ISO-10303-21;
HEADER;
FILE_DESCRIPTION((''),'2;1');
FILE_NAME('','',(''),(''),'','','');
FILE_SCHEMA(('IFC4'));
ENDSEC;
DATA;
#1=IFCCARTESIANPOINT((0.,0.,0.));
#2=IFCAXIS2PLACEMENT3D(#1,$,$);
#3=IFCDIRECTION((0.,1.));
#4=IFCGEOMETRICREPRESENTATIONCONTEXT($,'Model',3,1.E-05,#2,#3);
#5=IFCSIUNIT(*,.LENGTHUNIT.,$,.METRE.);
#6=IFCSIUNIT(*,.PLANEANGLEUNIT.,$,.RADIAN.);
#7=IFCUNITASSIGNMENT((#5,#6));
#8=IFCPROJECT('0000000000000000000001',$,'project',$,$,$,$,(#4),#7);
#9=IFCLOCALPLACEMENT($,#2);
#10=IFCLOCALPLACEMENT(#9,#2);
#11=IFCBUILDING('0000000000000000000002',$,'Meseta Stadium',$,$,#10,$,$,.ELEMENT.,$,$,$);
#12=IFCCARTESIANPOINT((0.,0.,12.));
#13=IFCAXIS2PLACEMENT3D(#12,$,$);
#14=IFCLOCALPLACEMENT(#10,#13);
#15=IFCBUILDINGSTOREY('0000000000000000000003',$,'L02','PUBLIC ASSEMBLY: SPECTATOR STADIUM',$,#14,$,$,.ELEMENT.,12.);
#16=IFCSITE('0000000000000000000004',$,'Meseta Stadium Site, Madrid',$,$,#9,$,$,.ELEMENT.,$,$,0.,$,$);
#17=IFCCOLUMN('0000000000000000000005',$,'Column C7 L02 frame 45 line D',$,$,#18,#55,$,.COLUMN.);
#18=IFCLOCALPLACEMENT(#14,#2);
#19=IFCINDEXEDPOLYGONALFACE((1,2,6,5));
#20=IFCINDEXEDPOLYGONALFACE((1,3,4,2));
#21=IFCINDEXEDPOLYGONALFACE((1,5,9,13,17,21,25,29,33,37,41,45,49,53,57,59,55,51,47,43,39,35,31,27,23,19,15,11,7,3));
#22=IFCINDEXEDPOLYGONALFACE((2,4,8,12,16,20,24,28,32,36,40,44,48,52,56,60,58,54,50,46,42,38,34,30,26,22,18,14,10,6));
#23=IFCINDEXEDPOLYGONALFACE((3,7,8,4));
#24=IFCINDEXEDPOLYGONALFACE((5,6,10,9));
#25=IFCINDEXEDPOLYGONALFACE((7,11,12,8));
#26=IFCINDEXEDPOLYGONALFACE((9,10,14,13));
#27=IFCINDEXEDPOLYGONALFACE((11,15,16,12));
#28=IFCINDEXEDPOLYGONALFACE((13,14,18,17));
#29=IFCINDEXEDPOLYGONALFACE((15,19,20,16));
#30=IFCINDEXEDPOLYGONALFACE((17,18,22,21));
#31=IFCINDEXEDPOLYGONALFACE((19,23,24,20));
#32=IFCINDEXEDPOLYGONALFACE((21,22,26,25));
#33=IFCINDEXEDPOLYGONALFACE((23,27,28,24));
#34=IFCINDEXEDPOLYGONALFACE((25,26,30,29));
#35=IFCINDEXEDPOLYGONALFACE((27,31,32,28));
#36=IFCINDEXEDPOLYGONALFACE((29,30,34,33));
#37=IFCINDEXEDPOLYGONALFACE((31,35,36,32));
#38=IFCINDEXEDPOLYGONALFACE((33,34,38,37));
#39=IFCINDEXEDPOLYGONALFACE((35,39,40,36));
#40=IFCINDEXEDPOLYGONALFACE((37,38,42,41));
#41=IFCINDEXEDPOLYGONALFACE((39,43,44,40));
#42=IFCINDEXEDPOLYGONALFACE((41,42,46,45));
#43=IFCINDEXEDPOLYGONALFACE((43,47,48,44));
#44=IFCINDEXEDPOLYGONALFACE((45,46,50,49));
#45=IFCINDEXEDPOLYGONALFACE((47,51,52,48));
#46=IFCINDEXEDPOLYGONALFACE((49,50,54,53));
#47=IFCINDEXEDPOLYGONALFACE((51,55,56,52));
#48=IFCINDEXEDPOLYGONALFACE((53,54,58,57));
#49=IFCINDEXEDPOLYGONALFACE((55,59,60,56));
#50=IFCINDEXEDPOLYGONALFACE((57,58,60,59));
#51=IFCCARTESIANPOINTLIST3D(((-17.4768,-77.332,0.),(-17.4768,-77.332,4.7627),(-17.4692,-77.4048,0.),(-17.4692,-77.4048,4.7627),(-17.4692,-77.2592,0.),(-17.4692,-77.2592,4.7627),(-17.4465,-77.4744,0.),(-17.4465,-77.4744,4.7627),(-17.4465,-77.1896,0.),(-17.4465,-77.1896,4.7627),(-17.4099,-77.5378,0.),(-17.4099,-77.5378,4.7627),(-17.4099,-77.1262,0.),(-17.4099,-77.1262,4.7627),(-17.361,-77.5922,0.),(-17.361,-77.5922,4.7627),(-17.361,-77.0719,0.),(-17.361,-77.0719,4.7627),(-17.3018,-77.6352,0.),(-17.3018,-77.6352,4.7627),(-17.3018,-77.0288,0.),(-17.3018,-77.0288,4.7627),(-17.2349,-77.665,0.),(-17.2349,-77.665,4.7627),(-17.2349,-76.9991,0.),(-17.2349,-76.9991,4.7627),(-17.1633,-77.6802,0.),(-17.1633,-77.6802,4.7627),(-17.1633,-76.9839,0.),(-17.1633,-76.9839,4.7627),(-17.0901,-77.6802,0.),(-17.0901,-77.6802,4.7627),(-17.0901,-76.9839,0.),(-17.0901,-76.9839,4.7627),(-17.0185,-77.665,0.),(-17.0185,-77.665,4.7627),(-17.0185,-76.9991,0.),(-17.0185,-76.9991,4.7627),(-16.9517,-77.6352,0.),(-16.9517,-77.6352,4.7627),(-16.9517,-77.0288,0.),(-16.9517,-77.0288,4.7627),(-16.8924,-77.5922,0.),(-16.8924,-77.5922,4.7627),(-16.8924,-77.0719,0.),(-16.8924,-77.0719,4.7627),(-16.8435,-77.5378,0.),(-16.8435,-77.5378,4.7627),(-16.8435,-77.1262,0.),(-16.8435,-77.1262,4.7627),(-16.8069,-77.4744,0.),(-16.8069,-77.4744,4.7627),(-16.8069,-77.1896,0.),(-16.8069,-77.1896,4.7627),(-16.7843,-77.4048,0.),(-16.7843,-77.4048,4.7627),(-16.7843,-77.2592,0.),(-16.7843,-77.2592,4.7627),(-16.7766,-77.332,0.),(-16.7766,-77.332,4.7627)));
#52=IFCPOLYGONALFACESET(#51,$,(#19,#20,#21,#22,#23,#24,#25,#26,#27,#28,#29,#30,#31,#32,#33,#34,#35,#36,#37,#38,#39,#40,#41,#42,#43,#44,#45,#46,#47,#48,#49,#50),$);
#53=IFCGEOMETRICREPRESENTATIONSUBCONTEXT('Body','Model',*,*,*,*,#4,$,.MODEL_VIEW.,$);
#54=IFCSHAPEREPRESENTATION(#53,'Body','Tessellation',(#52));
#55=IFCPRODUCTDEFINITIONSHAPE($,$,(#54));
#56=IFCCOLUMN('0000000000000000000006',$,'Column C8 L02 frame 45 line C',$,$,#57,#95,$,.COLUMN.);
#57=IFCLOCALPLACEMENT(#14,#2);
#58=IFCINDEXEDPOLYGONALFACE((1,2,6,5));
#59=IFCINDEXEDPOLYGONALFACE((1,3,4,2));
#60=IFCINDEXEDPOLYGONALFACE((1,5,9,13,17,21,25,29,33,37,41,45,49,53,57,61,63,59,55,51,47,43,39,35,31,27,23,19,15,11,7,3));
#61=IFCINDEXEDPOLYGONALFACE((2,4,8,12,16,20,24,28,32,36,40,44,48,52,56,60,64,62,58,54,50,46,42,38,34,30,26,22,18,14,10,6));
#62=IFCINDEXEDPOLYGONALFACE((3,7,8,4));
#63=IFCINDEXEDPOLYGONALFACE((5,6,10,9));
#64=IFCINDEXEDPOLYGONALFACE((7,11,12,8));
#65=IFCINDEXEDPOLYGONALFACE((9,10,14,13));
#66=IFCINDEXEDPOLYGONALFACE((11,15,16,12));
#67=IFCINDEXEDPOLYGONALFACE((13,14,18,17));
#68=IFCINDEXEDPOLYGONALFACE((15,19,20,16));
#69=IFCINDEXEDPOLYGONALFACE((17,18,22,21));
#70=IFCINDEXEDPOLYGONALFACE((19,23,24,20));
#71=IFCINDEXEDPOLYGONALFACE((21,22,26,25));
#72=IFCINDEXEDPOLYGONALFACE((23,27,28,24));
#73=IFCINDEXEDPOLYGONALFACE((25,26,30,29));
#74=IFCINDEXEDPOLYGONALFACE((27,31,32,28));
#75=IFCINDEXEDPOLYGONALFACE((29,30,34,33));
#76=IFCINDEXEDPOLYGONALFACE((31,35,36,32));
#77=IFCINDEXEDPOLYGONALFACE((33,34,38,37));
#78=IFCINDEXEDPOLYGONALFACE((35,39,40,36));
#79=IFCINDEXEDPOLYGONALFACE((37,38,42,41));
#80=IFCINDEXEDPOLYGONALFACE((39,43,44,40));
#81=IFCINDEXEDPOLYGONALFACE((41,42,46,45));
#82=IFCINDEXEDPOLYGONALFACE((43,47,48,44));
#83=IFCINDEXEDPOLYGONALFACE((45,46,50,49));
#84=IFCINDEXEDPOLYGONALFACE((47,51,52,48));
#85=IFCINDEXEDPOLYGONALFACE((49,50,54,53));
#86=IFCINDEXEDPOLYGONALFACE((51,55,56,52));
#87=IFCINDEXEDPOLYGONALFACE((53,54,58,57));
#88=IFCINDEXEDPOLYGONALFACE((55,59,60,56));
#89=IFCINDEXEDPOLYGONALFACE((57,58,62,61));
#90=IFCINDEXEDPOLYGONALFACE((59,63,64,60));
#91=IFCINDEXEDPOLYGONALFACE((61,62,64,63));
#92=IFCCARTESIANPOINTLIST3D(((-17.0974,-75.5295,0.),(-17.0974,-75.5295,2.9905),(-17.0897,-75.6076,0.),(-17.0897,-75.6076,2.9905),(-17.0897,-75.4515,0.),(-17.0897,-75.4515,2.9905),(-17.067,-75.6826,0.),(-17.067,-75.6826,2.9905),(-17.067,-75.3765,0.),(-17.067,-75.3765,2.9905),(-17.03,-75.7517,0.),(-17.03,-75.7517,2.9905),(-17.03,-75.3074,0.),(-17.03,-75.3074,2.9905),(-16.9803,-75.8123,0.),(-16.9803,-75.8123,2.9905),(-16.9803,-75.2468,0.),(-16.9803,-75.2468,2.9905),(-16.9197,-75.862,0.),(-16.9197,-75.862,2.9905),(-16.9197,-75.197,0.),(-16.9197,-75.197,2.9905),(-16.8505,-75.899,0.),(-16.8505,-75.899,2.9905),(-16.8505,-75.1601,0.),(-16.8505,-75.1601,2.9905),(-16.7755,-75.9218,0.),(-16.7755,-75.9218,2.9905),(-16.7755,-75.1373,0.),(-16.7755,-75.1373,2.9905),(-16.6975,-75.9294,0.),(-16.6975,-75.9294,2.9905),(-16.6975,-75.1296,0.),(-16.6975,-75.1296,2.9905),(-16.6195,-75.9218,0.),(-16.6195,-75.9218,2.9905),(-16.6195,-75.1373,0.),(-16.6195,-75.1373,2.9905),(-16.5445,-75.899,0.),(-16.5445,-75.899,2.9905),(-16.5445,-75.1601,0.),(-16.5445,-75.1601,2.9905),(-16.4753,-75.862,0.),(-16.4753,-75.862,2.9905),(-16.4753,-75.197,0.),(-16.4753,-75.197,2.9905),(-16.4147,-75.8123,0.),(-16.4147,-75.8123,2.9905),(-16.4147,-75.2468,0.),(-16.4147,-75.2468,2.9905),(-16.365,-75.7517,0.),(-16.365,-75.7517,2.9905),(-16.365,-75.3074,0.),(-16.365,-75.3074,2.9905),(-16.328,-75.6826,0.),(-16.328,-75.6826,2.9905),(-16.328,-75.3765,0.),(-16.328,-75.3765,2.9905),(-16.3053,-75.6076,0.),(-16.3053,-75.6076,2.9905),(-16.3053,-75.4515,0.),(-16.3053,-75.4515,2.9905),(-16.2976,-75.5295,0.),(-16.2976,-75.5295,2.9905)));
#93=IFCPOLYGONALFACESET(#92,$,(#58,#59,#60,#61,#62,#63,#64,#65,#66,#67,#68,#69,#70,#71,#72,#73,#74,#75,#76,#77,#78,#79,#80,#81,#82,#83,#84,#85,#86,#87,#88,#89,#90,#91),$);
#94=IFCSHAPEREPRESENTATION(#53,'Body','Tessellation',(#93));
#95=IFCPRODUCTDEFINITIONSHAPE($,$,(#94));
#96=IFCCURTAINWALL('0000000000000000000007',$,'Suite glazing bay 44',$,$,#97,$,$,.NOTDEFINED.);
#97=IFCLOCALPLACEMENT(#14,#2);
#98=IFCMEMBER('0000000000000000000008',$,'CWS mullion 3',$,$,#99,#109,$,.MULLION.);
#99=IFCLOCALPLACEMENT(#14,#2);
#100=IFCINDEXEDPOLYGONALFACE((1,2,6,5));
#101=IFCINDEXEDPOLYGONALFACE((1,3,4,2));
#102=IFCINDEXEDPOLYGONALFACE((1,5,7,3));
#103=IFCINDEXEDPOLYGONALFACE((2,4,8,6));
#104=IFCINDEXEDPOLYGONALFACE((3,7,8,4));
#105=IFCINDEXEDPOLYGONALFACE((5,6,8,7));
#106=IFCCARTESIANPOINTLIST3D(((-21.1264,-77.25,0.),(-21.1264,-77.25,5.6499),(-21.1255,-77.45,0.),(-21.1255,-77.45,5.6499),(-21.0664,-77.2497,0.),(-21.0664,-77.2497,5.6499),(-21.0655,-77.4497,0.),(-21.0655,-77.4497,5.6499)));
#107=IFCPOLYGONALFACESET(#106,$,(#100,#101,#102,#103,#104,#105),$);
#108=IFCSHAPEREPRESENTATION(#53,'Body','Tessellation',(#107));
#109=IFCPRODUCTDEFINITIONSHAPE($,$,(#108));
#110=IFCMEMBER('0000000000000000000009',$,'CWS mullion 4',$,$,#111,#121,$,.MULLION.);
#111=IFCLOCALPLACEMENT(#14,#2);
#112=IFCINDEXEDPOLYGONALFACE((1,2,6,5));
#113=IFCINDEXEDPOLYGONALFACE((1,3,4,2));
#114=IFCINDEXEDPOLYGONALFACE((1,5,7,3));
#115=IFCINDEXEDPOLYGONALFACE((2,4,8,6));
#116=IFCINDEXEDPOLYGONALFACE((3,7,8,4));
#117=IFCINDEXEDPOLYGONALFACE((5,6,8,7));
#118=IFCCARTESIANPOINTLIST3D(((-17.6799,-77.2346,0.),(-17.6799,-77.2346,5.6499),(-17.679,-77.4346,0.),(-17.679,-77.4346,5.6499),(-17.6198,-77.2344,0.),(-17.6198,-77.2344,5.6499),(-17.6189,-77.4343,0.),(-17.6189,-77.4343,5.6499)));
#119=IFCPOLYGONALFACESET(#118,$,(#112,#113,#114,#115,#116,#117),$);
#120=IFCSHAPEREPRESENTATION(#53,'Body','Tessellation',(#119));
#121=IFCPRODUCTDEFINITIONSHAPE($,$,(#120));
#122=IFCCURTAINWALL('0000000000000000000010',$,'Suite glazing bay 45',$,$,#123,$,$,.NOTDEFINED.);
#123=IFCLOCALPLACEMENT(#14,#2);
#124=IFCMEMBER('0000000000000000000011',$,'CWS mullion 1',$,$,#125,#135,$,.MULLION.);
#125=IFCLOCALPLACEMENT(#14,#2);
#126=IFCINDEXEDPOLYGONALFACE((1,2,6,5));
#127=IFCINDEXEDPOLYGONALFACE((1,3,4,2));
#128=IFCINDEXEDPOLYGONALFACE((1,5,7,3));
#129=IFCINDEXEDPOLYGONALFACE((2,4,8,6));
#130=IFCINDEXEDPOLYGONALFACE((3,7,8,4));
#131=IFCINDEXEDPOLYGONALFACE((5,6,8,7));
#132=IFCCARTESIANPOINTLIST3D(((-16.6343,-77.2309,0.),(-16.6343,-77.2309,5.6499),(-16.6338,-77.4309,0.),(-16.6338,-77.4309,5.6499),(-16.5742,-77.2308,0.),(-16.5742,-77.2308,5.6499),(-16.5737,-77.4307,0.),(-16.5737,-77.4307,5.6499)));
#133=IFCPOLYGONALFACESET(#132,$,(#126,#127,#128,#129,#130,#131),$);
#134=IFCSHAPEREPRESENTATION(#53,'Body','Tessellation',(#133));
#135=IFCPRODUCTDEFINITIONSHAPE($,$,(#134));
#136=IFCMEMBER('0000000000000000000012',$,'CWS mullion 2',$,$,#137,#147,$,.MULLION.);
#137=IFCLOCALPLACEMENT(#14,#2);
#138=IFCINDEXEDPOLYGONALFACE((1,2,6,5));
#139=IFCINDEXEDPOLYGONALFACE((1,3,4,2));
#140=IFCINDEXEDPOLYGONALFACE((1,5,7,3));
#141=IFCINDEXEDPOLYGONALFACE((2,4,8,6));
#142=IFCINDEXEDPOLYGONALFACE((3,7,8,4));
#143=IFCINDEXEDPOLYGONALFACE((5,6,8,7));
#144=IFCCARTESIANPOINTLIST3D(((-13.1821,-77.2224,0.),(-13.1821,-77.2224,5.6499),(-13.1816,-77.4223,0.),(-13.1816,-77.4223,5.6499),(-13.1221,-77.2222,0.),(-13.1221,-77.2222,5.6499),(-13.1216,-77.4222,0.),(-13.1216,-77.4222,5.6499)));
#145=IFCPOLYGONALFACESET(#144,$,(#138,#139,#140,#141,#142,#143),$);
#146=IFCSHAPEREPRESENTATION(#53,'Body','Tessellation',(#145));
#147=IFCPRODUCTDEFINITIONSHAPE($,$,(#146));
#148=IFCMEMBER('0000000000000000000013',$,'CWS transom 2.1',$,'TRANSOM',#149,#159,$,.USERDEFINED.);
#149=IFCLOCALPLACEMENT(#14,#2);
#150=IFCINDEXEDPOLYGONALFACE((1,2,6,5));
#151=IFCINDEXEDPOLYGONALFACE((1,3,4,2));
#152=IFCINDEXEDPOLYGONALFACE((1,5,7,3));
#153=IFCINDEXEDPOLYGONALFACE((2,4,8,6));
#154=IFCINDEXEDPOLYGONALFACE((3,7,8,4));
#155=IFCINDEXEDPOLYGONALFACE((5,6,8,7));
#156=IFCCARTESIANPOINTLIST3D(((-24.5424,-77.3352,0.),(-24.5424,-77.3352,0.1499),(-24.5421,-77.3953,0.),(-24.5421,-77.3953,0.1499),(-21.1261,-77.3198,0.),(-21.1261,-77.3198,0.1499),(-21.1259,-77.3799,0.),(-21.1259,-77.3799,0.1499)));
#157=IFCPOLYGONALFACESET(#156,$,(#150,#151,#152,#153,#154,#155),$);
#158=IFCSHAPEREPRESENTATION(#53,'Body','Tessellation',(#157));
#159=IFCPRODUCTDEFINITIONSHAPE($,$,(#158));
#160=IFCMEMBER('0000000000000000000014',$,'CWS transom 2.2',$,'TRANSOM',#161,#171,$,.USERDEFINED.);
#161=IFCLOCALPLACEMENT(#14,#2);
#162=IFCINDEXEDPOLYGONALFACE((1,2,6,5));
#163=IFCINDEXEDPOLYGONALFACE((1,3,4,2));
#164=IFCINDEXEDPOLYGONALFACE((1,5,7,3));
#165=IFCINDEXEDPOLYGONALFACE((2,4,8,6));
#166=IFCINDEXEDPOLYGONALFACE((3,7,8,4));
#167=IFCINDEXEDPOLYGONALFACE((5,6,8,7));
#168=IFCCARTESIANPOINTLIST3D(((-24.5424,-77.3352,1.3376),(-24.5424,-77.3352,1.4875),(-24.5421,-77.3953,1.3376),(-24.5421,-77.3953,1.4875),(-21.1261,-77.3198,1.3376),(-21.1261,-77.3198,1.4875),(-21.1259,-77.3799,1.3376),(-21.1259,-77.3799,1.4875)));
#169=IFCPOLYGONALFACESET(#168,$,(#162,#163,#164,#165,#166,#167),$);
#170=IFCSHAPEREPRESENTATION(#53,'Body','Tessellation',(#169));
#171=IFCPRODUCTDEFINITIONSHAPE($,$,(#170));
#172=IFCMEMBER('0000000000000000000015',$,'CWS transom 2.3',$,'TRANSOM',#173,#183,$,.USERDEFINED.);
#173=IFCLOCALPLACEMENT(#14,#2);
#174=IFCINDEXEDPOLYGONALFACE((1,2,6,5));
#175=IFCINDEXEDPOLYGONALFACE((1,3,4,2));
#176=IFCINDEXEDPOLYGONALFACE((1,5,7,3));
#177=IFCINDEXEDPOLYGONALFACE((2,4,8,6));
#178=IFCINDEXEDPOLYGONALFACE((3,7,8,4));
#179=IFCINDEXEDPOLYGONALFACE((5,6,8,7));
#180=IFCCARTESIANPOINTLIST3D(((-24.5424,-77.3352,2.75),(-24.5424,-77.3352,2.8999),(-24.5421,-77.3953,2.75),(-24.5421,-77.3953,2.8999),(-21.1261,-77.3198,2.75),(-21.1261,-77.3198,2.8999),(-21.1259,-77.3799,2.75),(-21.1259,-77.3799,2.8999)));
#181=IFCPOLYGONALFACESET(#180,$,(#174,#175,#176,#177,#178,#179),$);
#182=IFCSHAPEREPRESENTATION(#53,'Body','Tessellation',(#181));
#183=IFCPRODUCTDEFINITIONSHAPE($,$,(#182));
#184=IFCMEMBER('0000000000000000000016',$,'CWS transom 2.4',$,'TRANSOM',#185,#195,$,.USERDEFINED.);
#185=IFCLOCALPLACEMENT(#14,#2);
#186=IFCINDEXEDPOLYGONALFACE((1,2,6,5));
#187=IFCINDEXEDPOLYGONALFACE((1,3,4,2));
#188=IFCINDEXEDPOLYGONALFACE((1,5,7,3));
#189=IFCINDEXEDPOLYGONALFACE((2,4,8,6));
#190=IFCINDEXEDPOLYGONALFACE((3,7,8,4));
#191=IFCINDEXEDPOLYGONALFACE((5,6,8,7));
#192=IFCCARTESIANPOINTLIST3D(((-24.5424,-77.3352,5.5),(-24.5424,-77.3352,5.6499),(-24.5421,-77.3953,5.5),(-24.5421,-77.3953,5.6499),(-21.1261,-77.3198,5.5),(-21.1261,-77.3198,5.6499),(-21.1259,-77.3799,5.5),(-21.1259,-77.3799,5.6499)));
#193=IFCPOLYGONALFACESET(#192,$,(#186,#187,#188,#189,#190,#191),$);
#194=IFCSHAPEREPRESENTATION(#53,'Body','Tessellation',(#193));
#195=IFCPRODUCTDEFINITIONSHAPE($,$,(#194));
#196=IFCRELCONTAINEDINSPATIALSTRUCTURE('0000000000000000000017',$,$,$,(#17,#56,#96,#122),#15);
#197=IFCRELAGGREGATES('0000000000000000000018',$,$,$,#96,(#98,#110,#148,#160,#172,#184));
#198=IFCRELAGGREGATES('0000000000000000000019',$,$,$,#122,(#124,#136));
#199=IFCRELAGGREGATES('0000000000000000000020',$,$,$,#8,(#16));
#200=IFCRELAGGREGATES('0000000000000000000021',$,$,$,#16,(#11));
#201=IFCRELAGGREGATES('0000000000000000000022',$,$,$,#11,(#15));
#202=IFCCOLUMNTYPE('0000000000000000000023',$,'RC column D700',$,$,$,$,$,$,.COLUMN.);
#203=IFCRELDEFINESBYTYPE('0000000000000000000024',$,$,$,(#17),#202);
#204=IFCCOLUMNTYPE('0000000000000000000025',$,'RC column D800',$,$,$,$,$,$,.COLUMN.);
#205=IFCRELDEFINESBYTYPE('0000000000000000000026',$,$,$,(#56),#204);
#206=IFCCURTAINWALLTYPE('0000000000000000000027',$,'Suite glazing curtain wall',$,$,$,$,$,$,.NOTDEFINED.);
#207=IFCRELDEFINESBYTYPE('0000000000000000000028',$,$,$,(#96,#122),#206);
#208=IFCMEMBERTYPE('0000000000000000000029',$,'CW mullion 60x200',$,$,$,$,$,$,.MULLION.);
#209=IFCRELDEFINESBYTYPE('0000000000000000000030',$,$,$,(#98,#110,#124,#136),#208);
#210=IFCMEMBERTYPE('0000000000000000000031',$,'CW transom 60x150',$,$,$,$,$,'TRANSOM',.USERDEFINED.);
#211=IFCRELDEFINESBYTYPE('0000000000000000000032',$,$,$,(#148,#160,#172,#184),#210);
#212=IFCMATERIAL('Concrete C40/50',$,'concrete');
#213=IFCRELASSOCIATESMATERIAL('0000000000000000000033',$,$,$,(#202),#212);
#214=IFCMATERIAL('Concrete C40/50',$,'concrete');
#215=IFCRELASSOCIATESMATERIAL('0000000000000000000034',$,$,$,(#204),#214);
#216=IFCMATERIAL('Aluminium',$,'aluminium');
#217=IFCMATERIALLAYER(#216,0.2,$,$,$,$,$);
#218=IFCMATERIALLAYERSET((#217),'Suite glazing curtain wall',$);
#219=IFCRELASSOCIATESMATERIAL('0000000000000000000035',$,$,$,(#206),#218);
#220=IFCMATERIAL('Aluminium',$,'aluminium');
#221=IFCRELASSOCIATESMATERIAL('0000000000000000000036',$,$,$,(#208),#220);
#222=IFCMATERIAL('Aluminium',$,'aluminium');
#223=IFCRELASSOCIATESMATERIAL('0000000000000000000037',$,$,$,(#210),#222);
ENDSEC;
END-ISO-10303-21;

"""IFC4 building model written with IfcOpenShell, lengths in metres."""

from ifc_helpers import new_model, si_unit, direction, frame, origin, origin_2d, place, context, subcontext, project, spatial, rectangle, circle, extrude, material, layer, layer_set, material_profile, profile_set, type_object, element, aggregate, save


model = new_model("IFC4")

# Units and contexts
model_context = context("Model", 3, precision=1e-05, world=origin(), true_north=direction((0.0, 1.0)))
body_context = subcontext(model_context, "Body", "Model", "MODEL_VIEW")
ifc_project = project(units=[si_unit("LENGTHUNIT", "METRE"), si_unit("PLANEANGLEUNIT", "RADIAN")], contexts=[model_context])

# Site, building, storey
site_placement = place(None, origin())
site = spatial("IfcSite", under=ifc_project, at=site_placement, Name="Meseta Stadium Site, Madrid", CompositionType="ELEMENT", RefElevation=0.0)
building_placement = place(site_placement, origin())
building = spatial("IfcBuilding", under=site, at=building_placement, Name="Meseta Stadium", CompositionType="ELEMENT")
storey_placement = place(building_placement, frame((0.0, 0.0, 12.0)))
storey = spatial("IfcBuildingStorey", under=building, at=storey_placement, Name="L02", Description="PUBLIC ASSEMBLY: SPECTATOR STADIUM", CompositionType="ELEMENT", Elevation=12.0)

# Columns
ifc_material_1 = material(Name="Concrete C40/50", Category="concrete")
ifc_material_profile_1 = material_profile(ifc_material_1, circle(Radius=0.3501, at=origin_2d()), Name="RC D700")
ifc_profile_set_1 = profile_set([ifc_material_profile_1], Name="Concrete C40/50")
column_type_1 = type_object("IfcColumnType", Name="RC column D700", PredefinedType="COLUMN", material=ifc_profile_set_1)
column_1_placement = place(storey_placement, frame((-17.1267, -77.332, 0.0), z_axis=(0.0, 0.0, 1.0), x_axis=(1.0, 0.0, 0.0)))
element("IfcColumn", 1, at=column_1_placement, inside=storey, type_object=column_type_1, Name="Column C7 L02 frame 45 line D", PredefinedType="COLUMN", context=body_context, shape_type="SweptSolid", body=[
    extrude(circle(Radius=0.3501, at=origin_2d()), origin(), (0.0, 0.0, 1.0), 4.7627),
])
ifc_material_2 = material(Name="Concrete C40/50", Category="concrete")
ifc_material_profile_2 = material_profile(ifc_material_2, circle(Radius=0.3999, at=origin_2d()), Name="RC D800")
ifc_profile_set_2 = profile_set([ifc_material_profile_2], Name="Concrete C40/50")
column_type_2 = type_object("IfcColumnType", Name="RC column D800", PredefinedType="COLUMN", material=ifc_profile_set_2)
column_2_placement = place(storey_placement, frame((-16.6975, -75.5295, 0.0), z_axis=(0.0, 0.0, 1.0), x_axis=(1.0, 0.0, 0.0)))
element("IfcColumn", 2, at=column_2_placement, inside=storey, type_object=column_type_2, Name="Column C8 L02 frame 45 line C", PredefinedType="COLUMN", context=body_context, shape_type="SweptSolid", body=[
    extrude(circle(Radius=0.3999, at=origin_2d()), origin(), (0.0, 0.0, 1.0), 2.9905),
])

# Curtain walls, members
ifc_material_3 = material(Name="Aluminium", Category="aluminium")
ifc_layer_1 = layer(ifc_material_3, 0.2)
ifc_layer_set_1 = layer_set([ifc_layer_1], Name="Suite glazing curtain wall")
curtain_wall_type = type_object("IfcCurtainWallType", Name="Suite glazing curtain wall", PredefinedType="NOTDEFINED", material=ifc_layer_set_1)
curtain_wall_1_placement = place(storey_placement, origin())
curtain_wall_1 = element("IfcCurtainWall", 3, at=curtain_wall_1_placement, inside=storey, type_object=curtain_wall_type, Name="Suite glazing bay 44", PredefinedType="NOTDEFINED")
ifc_material_4 = material(Name="Aluminium", Category="aluminium")
ifc_material_profile_3 = material_profile(ifc_material_4, rectangle(XDim=0.2, YDim=0.0601, at=origin_2d()), Name="CW 200x60")
ifc_profile_set_3 = profile_set([ifc_material_profile_3], Name="Aluminium")
member_type_1 = type_object("IfcMemberType", Name="CW mullion 60x200", PredefinedType="MULLION", material=ifc_profile_set_3)
member_1_placement = place(storey_placement, frame((-21.0959, -77.3499, 0.0), z_axis=(0.0, 0.0, 1.0), x_axis=(-0.004469, 0.99999, 0.0)))
member_1 = element("IfcMember", 4, at=member_1_placement, type_object=member_type_1, Name="CWS mullion 3", PredefinedType="MULLION", context=body_context, shape_type="SweptSolid", body=[
    extrude(rectangle(XDim=0.2, YDim=0.0601, at=origin_2d()), origin(), (0.0, 0.0, 1.0), 5.6499),
])
member_2_placement = place(storey_placement, frame((-17.6494, -77.3345, 0.0), z_axis=(0.0, 0.0, 1.0), x_axis=(-0.004469, 0.99999, 0.0)))
member_2 = element("IfcMember", 5, at=member_2_placement, type_object=member_type_1, Name="CWS mullion 4", PredefinedType="MULLION", context=body_context, shape_type="SweptSolid", body=[
    extrude(rectangle(XDim=0.2, YDim=0.0601, at=origin_2d()), origin(), (0.0, 0.0, 1.0), 5.6499),
])
curtain_wall_2_placement = place(storey_placement, origin())
curtain_wall_2 = element("IfcCurtainWall", 6, at=curtain_wall_2_placement, inside=storey, type_object=curtain_wall_type, Name="Suite glazing bay 45", PredefinedType="NOTDEFINED")
member_3_placement = place(storey_placement, frame((-16.604, -77.3308, 0.0), z_axis=(0.0, 0.0, 1.0), x_axis=(-0.002486, 0.999997, 0.0)))
member_3 = element("IfcMember", 7, at=member_3_placement, type_object=member_type_1, Name="CWS mullion 1", PredefinedType="MULLION", context=body_context, shape_type="SweptSolid", body=[
    extrude(rectangle(XDim=0.2, YDim=0.0601, at=origin_2d()), origin(), (0.0, 0.0, 1.0), 5.6499),
])
member_4_placement = place(storey_placement, frame((-13.1519, -77.3223, 0.0), z_axis=(0.0, 0.0, 1.0), x_axis=(-0.002486, 0.999997, 0.0)))
member_4 = element("IfcMember", 8, at=member_4_placement, type_object=member_type_1, Name="CWS mullion 2", PredefinedType="MULLION", context=body_context, shape_type="SweptSolid", body=[
    extrude(rectangle(XDim=0.2, YDim=0.0601, at=origin_2d()), origin(), (0.0, 0.0, 1.0), 5.6499),
])

# Members
ifc_material_5 = material(Name="Aluminium", Category="aluminium")
ifc_material_profile_4 = material_profile(ifc_material_5, rectangle(XDim=0.0601, YDim=0.1499, at=origin_2d()), Name="CW 60x150")
ifc_profile_set_4 = profile_set([ifc_material_profile_4], Name="Aluminium")
member_type_2 = type_object("IfcMemberType", Name="CW transom 60x150", ElementType="TRANSOM", PredefinedType="USERDEFINED", material=ifc_profile_set_4)
member_5_placement = place(storey_placement, frame((-24.5422, -77.3652, 0.075), z_axis=(0.99999, 0.004502, 0.0), x_axis=(-0.004502, 0.99999, 0.0)))
member_5 = element("IfcMember", 9, at=member_5_placement, type_object=member_type_2, Name="CWS transom 2.1", ObjectType="TRANSOM", PredefinedType="USERDEFINED", context=body_context, shape_type="SweptSolid", body=[
    extrude(rectangle(XDim=0.0601, YDim=0.1499, at=origin_2d()), origin(), (0.0, 0.0, 1.0), 3.4163),
])
member_6_placement = place(storey_placement, frame((-24.5422, -77.3652, 1.4126), z_axis=(0.99999, 0.004502, 0.0), x_axis=(-0.004502, 0.99999, 0.0)))
member_6 = element("IfcMember", 10, at=member_6_placement, type_object=member_type_2, Name="CWS transom 2.2", ObjectType="TRANSOM", PredefinedType="USERDEFINED", context=body_context, shape_type="SweptSolid", body=[
    extrude(rectangle(XDim=0.0601, YDim=0.1499, at=origin_2d()), origin(), (0.0, 0.0, 1.0), 3.4163),
])
member_7_placement = place(storey_placement, frame((-24.5422, -77.3652, 2.825), z_axis=(0.99999, 0.004502, 0.0), x_axis=(-0.004502, 0.99999, 0.0)))
member_7 = element("IfcMember", 11, at=member_7_placement, type_object=member_type_2, Name="CWS transom 2.3", ObjectType="TRANSOM", PredefinedType="USERDEFINED", context=body_context, shape_type="SweptSolid", body=[
    extrude(rectangle(XDim=0.0601, YDim=0.1499, at=origin_2d()), origin(), (0.0, 0.0, 1.0), 3.4163),
])
member_8_placement = place(storey_placement, frame((-24.5422, -77.3652, 5.575), z_axis=(0.99999, 0.004502, 0.0), x_axis=(-0.004502, 0.99999, 0.0)))
member_8 = element("IfcMember", 12, at=member_8_placement, type_object=member_type_2, Name="CWS transom 2.4", ObjectType="TRANSOM", PredefinedType="USERDEFINED", context=body_context, shape_type="SweptSolid", body=[
    extrude(rectangle(XDim=0.0601, YDim=0.1499, at=origin_2d()), origin(), (0.0, 0.0, 1.0), 3.4163),
])

aggregate(curtain_wall_1, [member_1, member_2, member_5, member_6, member_7, member_8])
aggregate(curtain_wall_2, [member_3, member_4])

save(model, "model.ifc")
